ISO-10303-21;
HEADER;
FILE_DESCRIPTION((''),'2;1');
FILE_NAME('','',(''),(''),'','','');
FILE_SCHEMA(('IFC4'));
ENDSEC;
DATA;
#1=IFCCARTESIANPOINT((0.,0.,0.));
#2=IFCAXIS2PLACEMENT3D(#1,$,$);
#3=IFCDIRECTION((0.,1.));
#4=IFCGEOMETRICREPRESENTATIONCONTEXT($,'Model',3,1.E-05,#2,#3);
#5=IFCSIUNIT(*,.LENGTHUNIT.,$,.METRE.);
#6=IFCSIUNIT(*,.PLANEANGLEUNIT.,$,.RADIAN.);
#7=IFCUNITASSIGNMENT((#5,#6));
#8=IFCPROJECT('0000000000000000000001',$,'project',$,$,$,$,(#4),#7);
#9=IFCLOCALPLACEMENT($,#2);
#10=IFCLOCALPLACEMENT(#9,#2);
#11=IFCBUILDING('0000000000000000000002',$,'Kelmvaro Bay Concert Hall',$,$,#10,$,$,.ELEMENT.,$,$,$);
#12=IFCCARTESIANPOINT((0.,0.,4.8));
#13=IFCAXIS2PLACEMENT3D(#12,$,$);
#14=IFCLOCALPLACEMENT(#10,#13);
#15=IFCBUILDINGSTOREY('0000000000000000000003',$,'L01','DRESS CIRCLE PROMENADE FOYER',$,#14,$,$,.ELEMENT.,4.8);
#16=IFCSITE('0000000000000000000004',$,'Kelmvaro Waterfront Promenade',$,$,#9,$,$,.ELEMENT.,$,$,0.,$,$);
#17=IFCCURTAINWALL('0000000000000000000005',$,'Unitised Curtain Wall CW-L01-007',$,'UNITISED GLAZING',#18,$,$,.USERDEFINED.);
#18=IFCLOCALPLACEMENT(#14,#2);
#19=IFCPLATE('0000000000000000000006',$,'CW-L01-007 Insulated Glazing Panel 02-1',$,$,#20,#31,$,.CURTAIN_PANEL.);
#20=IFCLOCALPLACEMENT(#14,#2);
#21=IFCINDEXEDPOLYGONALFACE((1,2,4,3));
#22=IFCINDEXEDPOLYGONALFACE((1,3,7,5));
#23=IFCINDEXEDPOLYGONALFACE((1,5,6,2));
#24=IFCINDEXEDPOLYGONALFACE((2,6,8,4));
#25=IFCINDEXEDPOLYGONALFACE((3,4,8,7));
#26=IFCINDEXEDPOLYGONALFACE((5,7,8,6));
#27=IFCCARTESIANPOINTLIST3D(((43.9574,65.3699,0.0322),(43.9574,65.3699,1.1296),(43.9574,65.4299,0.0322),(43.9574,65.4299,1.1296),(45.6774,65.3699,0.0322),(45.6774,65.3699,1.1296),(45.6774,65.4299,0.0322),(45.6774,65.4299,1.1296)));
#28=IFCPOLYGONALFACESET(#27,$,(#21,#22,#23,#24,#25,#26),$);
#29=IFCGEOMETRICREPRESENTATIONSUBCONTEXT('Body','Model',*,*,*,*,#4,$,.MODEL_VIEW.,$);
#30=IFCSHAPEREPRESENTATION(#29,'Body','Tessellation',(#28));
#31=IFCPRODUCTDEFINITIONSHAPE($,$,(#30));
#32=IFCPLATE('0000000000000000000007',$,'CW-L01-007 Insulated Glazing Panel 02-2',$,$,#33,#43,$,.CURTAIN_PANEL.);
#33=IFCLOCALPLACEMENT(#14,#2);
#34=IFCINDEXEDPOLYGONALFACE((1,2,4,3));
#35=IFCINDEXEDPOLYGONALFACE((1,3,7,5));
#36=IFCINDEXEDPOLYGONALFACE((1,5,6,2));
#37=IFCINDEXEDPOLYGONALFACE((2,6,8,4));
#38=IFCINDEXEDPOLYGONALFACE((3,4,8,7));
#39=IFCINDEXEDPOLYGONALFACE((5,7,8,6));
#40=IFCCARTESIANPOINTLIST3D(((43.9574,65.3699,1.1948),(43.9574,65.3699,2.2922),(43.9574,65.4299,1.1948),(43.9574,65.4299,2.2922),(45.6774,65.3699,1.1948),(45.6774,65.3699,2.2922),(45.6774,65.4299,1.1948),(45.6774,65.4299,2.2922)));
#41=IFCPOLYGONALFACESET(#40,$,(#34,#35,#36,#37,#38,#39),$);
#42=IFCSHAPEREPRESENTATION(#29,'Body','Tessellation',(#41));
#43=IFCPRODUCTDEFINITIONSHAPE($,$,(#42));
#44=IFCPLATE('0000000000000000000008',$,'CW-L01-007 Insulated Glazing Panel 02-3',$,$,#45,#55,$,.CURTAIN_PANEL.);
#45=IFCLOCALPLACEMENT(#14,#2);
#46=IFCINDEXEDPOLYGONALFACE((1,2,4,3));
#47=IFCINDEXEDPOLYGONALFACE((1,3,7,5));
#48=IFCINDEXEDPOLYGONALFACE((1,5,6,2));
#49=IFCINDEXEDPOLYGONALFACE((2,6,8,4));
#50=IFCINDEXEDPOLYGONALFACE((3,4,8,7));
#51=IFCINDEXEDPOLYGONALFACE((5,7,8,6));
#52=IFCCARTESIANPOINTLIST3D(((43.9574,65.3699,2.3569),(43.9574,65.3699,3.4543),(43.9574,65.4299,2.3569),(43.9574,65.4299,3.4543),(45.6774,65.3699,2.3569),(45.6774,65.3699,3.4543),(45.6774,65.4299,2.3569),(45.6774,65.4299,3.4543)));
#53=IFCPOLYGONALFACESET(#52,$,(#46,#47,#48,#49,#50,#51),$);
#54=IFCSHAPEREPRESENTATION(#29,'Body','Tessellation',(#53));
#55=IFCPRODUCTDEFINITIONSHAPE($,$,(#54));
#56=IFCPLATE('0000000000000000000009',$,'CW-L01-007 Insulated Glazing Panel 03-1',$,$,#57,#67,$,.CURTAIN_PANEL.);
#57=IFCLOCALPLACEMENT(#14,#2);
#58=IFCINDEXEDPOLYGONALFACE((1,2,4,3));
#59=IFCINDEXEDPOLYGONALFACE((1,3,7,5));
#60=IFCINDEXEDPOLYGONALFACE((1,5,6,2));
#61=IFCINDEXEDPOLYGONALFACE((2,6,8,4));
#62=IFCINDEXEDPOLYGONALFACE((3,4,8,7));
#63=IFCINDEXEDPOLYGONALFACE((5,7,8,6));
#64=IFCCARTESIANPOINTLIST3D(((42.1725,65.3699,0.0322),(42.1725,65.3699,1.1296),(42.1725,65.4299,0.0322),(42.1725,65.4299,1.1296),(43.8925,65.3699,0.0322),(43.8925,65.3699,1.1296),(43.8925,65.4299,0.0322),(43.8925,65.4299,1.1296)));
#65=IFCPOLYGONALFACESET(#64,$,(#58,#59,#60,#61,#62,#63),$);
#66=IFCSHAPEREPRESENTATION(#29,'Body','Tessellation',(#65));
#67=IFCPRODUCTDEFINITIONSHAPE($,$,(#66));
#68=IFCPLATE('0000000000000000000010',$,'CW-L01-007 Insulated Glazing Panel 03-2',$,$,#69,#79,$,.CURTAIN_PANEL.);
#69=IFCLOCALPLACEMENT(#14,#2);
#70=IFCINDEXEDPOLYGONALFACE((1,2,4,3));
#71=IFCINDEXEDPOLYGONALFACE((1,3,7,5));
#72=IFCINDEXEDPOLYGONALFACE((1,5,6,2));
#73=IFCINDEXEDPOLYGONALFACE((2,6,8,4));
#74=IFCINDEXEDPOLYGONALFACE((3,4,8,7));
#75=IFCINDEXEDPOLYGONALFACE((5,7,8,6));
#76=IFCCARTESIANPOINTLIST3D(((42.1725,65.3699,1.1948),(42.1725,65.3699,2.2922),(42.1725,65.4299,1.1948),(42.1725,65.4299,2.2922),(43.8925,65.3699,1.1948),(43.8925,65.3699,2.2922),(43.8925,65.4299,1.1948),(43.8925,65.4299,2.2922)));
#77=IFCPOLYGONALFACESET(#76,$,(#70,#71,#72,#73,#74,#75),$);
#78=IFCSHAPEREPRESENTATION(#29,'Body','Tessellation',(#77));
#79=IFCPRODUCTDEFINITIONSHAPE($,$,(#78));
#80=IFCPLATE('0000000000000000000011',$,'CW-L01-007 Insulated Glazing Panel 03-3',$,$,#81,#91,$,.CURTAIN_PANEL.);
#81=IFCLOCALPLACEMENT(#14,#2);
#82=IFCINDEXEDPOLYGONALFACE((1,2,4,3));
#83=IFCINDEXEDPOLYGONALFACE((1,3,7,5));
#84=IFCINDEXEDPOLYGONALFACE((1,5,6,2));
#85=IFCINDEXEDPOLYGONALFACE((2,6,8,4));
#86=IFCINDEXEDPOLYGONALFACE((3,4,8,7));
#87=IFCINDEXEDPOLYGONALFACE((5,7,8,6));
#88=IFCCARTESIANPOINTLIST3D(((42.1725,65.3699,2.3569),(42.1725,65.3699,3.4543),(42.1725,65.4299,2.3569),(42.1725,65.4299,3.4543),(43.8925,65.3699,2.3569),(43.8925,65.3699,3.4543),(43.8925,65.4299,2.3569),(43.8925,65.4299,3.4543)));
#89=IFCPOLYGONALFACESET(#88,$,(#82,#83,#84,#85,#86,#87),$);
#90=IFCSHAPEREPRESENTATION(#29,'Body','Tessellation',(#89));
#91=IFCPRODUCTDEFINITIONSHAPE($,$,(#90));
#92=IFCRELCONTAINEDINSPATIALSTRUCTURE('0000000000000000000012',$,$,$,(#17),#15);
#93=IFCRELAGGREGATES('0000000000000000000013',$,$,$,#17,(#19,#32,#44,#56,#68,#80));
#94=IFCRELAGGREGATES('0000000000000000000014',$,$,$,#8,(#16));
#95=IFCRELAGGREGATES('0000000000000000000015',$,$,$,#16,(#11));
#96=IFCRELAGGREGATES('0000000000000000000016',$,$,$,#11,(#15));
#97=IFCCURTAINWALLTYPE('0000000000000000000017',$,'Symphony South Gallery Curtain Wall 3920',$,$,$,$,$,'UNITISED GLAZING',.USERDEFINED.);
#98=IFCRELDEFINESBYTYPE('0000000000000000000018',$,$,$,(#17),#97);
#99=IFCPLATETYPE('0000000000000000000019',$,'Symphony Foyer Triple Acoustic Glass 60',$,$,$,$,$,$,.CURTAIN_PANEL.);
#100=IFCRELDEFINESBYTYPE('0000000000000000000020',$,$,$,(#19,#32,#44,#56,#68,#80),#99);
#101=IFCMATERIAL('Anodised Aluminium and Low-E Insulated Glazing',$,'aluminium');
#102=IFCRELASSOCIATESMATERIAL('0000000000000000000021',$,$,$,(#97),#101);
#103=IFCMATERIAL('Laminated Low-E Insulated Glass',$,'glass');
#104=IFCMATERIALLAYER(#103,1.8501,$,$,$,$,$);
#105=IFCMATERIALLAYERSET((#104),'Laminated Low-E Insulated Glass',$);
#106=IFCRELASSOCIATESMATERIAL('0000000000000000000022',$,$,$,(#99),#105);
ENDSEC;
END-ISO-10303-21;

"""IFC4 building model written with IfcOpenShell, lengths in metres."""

from ifc_helpers import new_model, si_unit, direction, frame, origin, origin_2d, place, context, subcontext, project, spatial, rectangle, extrude, material, layer, layer_set, type_object, element, aggregate, save


model = new_model("IFC4")

# Units and contexts
model_context = context("Model", 3, precision=1e-05, world=origin(), true_north=direction((0.0, 1.0)))
body_context = subcontext(model_context, "Body", "Model", "MODEL_VIEW")
ifc_project = project(units=[si_unit("LENGTHUNIT", "METRE"), si_unit("PLANEANGLEUNIT", "RADIAN")], contexts=[model_context])

# Site, building, storey
site_placement = place(None, origin())
site = spatial("IfcSite", under=ifc_project, at=site_placement, Name="Kelmvaro Waterfront Promenade", CompositionType="ELEMENT", RefElevation=0.0)
building_placement = place(site_placement, origin())
building = spatial("IfcBuilding", under=site, at=building_placement, Name="Kelmvaro Bay Concert Hall", CompositionType="ELEMENT")
storey_placement = place(building_placement, frame((0.0, 0.0, 4.8)))
storey = spatial("IfcBuildingStorey", under=building, at=storey_placement, Name="L01", Description="DRESS CIRCLE PROMENADE FOYER", CompositionType="ELEMENT", Elevation=4.8)

# Curtain wall
ifc_material_1 = material(Name="Anodised Aluminium and Low-E Insulated Glazing", Category="aluminium")
curtain_wall_type_1 = type_object("IfcCurtainWallType", Name="Symphony South Gallery Curtain Wall 3920", ElementType="UNITISED GLAZING", PredefinedType="USERDEFINED", material=ifc_material_1)
curtain_wall_1_placement = place(storey_placement, origin())
curtain_wall_1 = element("IfcCurtainWall", 1, at=curtain_wall_1_placement, inside=storey, type_object=curtain_wall_type_1, Name="Unitised Curtain Wall CW-L01-007", ObjectType="UNITISED GLAZING", PredefinedType="USERDEFINED")

# Plates
ifc_material_2 = material(Name="Laminated Low-E Insulated Glass", Category="glass")
ifc_layer_1 = layer(ifc_material_2, 1.8501)
ifc_layer_set_1 = layer_set([ifc_layer_1], Name="Laminated Low-E Insulated Glass")
plate_type_1 = type_object("IfcPlateType", Name="Symphony Foyer Triple Acoustic Glass 60", PredefinedType="CURTAIN_PANEL", material=ifc_layer_set_1)
plate_1_placement = place(storey_placement, frame((44.8174, 65.3999, 0.0322), z_axis=(0.0, 0.0, 1.0), x_axis=(-1.0, 0.0, 0.0)))
plate_1 = element("IfcPlate", 2, at=plate_1_placement, type_object=plate_type_1, Name="CW-L01-007 Insulated Glazing Panel 02-1", PredefinedType="CURTAIN_PANEL", context=body_context, shape_type="SweptSolid", body=[
    extrude(rectangle(XDim=1.72, YDim=0.0601, at=origin_2d()), origin(), (0.0, 0.0, 1.0), 1.0974),
])
plate_2_placement = place(storey_placement, frame((44.8174, 65.3999, 1.1948), z_axis=(0.0, 0.0, 1.0), x_axis=(-1.0, 0.0, 0.0)))
plate_2 = element("IfcPlate", 3, at=plate_2_placement, type_object=plate_type_1, Name="CW-L01-007 Insulated Glazing Panel 02-2", PredefinedType="CURTAIN_PANEL", context=body_context, shape_type="SweptSolid", body=[
    extrude(rectangle(XDim=1.72, YDim=0.0601, at=origin_2d()), origin(), (0.0, 0.0, 1.0), 1.0974),
])
plate_3_placement = place(storey_placement, frame((44.8174, 65.3999, 2.3569), z_axis=(0.0, 0.0, 1.0), x_axis=(-1.0, 0.0, 0.0)))
plate_3 = element("IfcPlate", 4, at=plate_3_placement, type_object=plate_type_1, Name="CW-L01-007 Insulated Glazing Panel 02-3", PredefinedType="CURTAIN_PANEL", context=body_context, shape_type="SweptSolid", body=[
    extrude(rectangle(XDim=1.72, YDim=0.0601, at=origin_2d()), origin(), (0.0, 0.0, 1.0), 1.0974),
])
plate_4_placement = place(storey_placement, frame((43.0325, 65.3999, 0.0322), z_axis=(0.0, 0.0, 1.0), x_axis=(-1.0, 0.0, 0.0)))
plate_4 = element("IfcPlate", 5, at=plate_4_placement, type_object=plate_type_1, Name="CW-L01-007 Insulated Glazing Panel 03-1", PredefinedType="CURTAIN_PANEL", context=body_context, shape_type="SweptSolid", body=[
    extrude(rectangle(XDim=1.72, YDim=0.0601, at=origin_2d()), origin(), (0.0, 0.0, 1.0), 1.0974),
])
plate_5_placement = place(storey_placement, frame((43.0325, 65.3999, 1.1948), z_axis=(0.0, 0.0, 1.0), x_axis=(-1.0, 0.0, 0.0)))
plate_5 = element("IfcPlate", 6, at=plate_5_placement, type_object=plate_type_1, Name="CW-L01-007 Insulated Glazing Panel 03-2", PredefinedType="CURTAIN_PANEL", context=body_context, shape_type="SweptSolid", body=[
    extrude(rectangle(XDim=1.72, YDim=0.0601, at=origin_2d()), origin(), (0.0, 0.0, 1.0), 1.0974),
])
plate_6_placement = place(storey_placement, frame((43.0325, 65.3999, 2.3569), z_axis=(0.0, 0.0, 1.0), x_axis=(-1.0, 0.0, 0.0)))
plate_6 = element("IfcPlate", 7, at=plate_6_placement, type_object=plate_type_1, Name="CW-L01-007 Insulated Glazing Panel 03-3", PredefinedType="CURTAIN_PANEL", context=body_context, shape_type="SweptSolid", body=[
    extrude(rectangle(XDim=1.72, YDim=0.0601, at=origin_2d()), origin(), (0.0, 0.0, 1.0), 1.0974),
])
aggregate(curtain_wall_1, [plate_1, plate_2, plate_3, plate_4, plate_5, plate_6])

save(model, "model.ifc")
